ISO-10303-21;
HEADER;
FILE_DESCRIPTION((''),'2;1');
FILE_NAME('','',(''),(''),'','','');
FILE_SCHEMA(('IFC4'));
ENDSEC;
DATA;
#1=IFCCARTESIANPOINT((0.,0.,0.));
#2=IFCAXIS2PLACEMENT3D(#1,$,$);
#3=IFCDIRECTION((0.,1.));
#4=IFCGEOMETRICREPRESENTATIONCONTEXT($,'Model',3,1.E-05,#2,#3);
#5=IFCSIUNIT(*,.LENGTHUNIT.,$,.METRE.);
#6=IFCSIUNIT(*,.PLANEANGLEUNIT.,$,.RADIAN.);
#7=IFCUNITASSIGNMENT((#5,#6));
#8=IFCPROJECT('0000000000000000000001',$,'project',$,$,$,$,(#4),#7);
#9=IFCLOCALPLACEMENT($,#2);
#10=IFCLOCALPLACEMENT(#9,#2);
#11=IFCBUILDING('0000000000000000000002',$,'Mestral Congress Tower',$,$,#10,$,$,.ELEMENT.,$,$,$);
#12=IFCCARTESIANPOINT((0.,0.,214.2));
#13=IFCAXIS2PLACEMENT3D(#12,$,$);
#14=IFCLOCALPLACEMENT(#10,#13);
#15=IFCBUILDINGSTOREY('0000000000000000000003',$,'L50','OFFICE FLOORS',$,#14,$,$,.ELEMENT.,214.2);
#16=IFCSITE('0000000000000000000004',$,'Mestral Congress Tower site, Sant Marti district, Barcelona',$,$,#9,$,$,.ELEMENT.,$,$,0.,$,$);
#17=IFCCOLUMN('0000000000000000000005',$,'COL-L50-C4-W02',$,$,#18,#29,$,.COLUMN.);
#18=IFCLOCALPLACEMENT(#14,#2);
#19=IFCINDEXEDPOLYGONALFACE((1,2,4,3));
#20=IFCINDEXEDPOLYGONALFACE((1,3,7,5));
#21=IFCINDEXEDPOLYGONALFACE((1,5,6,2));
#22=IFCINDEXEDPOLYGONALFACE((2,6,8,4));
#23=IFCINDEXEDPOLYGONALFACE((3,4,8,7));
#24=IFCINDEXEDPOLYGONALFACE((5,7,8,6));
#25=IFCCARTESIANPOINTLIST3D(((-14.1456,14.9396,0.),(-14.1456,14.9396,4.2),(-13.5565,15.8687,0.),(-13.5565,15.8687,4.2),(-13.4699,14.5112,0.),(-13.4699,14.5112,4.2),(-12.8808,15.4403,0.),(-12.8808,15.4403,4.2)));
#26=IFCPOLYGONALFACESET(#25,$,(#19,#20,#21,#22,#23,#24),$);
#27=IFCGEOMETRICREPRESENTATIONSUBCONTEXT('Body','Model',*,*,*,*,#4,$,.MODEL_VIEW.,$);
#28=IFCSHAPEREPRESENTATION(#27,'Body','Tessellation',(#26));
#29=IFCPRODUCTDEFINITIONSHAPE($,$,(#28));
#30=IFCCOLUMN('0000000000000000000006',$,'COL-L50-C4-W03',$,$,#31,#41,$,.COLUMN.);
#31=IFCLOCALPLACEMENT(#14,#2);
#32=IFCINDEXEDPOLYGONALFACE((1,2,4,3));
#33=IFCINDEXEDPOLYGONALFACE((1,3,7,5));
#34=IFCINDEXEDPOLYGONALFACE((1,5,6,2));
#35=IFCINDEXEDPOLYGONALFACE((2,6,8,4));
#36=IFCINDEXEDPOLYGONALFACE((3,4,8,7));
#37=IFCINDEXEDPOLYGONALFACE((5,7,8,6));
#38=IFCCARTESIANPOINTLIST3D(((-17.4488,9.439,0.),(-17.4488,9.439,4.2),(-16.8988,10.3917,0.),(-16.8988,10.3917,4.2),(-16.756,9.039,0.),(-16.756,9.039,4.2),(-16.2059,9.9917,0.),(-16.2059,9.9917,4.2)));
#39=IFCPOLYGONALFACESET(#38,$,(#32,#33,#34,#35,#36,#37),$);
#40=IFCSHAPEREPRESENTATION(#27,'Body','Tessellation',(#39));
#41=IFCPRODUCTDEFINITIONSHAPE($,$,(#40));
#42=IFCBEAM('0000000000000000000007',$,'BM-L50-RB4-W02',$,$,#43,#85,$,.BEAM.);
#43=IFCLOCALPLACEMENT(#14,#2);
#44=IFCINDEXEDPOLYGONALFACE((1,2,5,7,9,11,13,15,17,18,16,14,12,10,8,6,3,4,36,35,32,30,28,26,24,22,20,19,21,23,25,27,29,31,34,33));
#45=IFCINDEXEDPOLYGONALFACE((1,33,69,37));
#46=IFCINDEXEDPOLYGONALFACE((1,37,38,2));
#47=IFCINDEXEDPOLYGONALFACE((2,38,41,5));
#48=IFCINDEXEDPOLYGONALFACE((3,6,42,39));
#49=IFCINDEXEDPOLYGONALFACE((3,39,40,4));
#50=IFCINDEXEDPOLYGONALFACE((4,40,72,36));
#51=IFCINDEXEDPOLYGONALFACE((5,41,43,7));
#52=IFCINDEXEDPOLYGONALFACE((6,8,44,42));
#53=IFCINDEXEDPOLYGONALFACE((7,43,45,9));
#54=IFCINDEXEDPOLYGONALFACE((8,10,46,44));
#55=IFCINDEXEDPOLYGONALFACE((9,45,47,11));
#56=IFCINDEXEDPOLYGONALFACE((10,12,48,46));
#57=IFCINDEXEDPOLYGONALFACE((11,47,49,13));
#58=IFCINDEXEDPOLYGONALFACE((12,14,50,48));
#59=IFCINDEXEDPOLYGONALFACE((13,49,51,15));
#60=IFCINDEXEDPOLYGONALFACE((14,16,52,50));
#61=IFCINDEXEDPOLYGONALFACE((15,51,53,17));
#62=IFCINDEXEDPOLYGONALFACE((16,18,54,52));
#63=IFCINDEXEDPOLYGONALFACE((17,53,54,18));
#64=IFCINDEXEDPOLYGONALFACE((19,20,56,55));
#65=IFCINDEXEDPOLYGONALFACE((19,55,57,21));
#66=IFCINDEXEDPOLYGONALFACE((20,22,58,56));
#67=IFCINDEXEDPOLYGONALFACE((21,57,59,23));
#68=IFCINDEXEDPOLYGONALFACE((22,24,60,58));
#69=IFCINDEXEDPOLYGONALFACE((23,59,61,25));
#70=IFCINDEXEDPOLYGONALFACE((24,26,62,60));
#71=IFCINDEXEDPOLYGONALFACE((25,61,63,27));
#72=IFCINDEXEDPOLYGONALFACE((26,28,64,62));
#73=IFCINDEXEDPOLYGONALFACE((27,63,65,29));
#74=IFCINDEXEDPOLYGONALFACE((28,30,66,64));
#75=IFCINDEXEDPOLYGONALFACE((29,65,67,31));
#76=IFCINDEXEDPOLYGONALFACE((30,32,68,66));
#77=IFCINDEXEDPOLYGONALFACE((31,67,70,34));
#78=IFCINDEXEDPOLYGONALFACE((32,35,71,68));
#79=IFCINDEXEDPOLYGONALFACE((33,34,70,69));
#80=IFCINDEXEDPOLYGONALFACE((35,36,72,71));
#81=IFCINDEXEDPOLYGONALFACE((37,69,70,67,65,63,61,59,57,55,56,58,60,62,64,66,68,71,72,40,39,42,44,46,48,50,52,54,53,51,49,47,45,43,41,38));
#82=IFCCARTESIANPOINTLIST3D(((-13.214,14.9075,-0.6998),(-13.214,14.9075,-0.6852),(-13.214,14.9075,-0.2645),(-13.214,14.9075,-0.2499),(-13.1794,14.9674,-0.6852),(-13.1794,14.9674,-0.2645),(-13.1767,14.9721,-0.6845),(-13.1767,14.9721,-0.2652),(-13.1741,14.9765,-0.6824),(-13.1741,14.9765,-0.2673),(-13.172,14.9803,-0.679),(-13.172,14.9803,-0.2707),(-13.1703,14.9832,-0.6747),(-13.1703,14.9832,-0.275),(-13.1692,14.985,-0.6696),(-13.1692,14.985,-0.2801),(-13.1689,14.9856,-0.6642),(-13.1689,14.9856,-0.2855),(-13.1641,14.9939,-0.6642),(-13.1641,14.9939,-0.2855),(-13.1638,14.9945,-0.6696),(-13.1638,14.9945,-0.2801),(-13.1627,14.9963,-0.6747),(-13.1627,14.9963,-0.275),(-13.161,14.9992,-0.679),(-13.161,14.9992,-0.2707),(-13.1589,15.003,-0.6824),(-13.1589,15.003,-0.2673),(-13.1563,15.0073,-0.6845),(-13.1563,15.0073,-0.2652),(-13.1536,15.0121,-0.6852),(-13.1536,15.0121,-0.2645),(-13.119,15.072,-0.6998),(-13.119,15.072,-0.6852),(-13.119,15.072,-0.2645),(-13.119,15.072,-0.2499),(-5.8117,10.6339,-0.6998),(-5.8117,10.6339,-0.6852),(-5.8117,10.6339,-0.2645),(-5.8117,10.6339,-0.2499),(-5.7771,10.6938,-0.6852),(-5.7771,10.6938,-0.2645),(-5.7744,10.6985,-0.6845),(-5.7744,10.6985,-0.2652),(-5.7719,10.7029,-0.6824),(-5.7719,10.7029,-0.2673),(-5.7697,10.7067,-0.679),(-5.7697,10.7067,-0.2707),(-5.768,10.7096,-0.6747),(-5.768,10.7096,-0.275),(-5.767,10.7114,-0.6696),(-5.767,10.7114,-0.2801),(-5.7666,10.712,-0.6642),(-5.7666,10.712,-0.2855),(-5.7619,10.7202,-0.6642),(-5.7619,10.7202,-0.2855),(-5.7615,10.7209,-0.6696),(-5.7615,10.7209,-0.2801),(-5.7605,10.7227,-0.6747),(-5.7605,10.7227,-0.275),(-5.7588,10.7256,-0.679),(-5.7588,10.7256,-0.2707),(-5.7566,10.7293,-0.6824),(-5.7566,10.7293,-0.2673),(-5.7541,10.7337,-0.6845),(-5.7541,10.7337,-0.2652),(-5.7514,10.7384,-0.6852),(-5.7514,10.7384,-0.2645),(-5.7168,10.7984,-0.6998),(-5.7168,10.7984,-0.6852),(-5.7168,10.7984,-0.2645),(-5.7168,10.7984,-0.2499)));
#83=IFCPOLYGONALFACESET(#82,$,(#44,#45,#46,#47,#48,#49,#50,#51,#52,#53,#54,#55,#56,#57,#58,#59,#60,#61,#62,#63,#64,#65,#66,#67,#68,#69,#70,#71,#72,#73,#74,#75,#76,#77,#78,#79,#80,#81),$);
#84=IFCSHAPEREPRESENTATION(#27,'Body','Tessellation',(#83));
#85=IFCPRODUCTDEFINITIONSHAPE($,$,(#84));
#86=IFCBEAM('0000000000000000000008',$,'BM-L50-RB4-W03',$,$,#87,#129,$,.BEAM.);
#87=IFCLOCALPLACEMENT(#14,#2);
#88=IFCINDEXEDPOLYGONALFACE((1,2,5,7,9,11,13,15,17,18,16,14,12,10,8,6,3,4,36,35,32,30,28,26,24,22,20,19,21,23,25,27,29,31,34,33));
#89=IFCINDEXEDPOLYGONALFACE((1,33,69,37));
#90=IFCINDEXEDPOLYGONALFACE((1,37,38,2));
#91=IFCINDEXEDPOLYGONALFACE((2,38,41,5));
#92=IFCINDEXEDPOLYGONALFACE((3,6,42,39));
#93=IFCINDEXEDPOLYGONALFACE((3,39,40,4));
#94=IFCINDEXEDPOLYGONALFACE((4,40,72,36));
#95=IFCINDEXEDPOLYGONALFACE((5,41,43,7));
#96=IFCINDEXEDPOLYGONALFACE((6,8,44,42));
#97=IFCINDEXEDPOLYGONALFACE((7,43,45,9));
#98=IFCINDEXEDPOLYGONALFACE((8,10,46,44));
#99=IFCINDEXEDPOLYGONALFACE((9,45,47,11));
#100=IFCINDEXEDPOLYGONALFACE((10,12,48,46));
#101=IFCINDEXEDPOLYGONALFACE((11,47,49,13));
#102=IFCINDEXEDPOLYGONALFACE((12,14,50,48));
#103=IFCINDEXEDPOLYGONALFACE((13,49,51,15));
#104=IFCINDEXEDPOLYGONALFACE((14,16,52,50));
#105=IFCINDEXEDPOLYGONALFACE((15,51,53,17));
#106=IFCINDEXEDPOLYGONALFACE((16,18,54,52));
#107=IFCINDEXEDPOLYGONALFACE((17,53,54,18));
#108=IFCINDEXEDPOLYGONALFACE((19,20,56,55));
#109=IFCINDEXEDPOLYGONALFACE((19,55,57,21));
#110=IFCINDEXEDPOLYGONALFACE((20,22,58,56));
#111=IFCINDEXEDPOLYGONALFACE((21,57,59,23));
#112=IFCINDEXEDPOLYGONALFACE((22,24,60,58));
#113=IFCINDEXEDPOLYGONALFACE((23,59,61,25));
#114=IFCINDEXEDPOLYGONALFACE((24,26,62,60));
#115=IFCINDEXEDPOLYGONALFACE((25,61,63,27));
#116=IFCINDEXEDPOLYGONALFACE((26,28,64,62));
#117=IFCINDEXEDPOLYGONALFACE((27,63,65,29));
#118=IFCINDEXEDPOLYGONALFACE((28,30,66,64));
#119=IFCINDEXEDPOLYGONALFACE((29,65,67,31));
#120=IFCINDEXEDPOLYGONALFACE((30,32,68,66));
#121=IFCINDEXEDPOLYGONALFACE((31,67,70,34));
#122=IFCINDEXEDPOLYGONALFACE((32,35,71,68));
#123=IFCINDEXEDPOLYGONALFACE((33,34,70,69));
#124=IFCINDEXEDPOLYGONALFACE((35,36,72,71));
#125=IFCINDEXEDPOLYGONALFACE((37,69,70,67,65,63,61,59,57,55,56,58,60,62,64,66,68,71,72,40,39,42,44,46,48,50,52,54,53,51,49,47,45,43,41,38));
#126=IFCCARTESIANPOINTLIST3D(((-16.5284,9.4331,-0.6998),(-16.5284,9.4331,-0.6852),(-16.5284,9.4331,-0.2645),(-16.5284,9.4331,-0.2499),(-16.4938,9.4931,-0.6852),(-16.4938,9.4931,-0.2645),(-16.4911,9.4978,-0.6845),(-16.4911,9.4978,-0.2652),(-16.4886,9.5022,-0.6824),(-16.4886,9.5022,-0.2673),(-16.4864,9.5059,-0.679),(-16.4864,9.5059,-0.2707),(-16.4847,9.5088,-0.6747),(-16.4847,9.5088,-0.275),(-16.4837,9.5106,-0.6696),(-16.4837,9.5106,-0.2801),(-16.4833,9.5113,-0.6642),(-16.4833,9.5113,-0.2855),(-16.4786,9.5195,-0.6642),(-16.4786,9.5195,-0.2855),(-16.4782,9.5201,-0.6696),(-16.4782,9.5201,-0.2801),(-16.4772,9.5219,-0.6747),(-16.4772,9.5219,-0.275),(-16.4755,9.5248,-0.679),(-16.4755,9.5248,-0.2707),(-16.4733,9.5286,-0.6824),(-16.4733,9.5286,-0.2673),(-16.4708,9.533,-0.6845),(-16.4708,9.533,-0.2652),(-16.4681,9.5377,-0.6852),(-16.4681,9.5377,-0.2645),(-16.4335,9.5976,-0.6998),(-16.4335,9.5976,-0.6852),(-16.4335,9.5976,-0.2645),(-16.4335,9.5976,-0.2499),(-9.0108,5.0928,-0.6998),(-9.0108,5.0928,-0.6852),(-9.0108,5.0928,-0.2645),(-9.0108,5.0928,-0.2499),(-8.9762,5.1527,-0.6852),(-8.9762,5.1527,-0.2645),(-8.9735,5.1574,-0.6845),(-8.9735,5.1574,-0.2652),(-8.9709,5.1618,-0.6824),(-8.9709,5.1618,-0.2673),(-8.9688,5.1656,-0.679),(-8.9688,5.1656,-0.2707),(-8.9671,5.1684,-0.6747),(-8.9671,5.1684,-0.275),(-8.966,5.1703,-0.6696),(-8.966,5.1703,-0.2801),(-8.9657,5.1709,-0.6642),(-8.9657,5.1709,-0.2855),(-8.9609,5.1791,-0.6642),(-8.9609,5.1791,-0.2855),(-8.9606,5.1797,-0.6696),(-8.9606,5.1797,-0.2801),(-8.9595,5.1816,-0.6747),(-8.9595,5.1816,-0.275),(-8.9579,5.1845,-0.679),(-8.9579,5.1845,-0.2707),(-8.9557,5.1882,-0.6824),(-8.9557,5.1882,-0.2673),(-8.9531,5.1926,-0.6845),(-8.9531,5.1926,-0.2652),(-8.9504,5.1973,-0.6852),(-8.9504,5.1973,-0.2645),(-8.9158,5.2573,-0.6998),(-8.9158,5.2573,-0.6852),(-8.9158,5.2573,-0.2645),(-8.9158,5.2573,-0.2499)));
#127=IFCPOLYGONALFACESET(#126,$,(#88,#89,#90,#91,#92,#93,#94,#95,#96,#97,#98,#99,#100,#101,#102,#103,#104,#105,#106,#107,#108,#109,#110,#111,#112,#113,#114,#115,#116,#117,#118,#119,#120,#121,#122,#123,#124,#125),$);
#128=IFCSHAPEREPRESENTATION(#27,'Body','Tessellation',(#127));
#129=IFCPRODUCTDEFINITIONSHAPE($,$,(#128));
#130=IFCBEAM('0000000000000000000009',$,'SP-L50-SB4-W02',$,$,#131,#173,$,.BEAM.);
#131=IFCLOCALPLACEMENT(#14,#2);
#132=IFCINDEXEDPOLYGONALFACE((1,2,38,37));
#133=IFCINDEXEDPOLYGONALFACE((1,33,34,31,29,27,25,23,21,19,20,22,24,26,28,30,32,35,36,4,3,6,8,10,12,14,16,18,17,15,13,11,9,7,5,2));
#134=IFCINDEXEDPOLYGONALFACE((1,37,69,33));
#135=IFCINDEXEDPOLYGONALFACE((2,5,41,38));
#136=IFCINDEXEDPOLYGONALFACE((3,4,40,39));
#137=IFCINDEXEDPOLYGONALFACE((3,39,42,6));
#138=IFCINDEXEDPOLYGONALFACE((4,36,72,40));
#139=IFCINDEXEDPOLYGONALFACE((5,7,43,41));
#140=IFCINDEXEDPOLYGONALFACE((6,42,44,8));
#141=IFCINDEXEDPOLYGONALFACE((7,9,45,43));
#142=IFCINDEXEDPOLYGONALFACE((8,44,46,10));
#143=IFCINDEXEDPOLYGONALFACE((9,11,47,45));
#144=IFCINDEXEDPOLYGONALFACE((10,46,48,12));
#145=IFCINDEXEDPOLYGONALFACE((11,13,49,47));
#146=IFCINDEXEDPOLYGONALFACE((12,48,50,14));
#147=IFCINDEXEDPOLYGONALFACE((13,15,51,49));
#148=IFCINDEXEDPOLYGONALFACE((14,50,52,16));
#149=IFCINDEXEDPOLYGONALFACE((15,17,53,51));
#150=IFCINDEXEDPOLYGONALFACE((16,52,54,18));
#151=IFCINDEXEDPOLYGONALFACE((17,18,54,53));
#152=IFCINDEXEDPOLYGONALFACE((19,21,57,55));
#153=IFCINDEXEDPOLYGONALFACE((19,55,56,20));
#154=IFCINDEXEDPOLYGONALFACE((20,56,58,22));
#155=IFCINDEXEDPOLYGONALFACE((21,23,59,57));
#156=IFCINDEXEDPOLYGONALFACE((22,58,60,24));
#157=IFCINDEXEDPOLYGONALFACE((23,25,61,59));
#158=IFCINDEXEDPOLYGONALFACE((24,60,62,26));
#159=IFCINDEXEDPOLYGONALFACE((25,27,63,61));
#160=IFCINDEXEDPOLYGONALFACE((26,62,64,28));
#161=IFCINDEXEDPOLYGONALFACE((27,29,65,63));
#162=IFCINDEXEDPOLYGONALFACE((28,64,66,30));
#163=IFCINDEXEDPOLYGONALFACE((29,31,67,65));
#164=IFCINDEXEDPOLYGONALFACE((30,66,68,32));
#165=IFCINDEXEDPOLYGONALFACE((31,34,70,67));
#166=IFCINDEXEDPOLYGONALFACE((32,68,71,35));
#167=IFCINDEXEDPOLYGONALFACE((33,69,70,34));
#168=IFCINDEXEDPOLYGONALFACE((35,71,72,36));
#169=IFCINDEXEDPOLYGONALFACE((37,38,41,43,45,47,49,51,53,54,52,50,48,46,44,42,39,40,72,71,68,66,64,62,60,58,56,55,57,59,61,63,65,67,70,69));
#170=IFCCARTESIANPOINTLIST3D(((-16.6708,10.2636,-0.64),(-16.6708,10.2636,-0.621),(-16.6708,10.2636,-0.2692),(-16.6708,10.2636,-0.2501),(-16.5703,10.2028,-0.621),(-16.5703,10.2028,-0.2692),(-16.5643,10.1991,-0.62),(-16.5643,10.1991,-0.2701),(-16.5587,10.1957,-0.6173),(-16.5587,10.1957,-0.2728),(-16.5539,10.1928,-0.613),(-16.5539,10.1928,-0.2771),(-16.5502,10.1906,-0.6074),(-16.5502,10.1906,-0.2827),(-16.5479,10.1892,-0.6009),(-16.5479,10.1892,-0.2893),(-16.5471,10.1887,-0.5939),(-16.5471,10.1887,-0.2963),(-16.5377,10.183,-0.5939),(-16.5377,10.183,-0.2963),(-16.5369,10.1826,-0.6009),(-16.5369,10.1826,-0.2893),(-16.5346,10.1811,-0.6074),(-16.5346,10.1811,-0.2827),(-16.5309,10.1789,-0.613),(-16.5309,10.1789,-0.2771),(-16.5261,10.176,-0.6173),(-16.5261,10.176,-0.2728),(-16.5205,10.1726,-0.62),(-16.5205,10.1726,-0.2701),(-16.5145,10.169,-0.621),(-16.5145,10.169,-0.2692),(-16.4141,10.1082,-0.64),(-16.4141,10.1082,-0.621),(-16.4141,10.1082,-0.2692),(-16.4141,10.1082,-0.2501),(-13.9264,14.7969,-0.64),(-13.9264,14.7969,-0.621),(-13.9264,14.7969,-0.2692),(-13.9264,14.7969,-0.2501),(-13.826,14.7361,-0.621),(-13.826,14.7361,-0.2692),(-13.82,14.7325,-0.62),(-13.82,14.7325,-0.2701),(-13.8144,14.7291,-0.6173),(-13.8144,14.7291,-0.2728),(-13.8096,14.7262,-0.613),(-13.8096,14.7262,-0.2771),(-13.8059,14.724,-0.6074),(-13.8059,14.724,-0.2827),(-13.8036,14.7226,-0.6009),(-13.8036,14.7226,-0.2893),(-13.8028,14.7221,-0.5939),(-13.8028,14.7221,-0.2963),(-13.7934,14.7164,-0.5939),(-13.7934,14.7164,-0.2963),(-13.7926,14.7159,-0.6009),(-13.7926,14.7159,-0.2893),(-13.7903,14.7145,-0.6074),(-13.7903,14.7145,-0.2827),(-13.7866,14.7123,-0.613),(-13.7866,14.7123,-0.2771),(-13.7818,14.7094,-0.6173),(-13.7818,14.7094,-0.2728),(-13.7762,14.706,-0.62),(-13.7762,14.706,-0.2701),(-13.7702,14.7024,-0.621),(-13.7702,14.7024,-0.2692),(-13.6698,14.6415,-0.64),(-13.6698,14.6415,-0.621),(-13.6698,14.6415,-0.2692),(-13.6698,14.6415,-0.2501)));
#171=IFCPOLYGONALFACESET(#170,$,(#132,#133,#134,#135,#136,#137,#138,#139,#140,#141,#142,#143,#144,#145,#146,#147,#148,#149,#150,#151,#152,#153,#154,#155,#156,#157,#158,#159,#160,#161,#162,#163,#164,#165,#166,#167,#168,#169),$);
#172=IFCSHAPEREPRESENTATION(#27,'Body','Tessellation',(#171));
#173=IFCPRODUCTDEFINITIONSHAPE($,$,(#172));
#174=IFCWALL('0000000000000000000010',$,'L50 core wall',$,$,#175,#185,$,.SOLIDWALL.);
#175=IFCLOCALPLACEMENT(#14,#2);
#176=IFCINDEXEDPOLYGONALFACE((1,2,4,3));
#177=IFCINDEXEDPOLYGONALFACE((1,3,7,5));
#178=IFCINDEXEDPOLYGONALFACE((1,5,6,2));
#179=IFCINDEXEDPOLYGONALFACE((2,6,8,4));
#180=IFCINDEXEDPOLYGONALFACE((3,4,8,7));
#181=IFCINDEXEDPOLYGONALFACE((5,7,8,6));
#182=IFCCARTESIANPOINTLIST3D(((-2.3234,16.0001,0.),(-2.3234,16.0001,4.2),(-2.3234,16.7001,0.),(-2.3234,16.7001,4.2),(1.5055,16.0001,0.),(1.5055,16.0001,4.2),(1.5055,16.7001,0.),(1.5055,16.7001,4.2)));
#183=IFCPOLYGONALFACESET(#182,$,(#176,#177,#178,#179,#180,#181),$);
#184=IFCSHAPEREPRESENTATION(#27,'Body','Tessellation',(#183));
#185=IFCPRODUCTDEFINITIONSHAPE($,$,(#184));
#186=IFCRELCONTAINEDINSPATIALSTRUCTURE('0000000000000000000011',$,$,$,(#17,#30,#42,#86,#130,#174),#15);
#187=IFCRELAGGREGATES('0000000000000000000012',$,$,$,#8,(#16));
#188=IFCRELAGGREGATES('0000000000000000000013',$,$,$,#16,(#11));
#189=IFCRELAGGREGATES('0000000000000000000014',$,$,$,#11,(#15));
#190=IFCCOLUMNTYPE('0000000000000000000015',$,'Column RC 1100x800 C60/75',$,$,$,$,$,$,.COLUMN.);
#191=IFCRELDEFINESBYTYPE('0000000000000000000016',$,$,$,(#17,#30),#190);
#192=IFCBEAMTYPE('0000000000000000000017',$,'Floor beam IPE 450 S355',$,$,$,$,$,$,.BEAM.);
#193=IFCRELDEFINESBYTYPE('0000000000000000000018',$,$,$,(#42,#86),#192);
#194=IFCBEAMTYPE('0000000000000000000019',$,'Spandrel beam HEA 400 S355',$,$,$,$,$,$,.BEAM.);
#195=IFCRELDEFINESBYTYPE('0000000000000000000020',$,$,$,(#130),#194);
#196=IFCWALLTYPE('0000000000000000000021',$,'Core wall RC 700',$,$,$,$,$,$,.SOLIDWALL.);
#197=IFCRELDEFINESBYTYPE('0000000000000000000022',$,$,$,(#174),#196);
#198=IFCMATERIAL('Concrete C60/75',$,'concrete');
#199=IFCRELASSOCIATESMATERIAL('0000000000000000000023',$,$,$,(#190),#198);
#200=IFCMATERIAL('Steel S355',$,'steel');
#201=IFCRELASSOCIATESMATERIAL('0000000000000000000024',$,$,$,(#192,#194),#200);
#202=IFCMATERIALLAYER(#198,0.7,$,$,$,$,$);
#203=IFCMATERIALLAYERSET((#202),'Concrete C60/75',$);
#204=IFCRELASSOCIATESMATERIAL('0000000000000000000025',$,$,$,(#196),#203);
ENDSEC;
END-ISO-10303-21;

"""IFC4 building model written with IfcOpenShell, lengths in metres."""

from ifc_helpers import new_model, si_unit, direction, frame, frame_2d, origin, origin_2d, place, context, subcontext, project, spatial, rectangle, i_section, extrude, material, layer, layer_set, material_profile, profile_set, type_object, element, save


model = new_model("IFC4")

# Units and contexts
model_context = context("Model", 3, precision=1e-05, world=origin(), true_north=direction((0.0, 1.0)))
body_context = subcontext(model_context, "Body", "Model", "MODEL_VIEW")
ifc_project = project(units=[si_unit("LENGTHUNIT", "METRE"), si_unit("PLANEANGLEUNIT", "RADIAN")], contexts=[model_context])

# Site, building, storey
site_placement = place(None, origin())
site = spatial("IfcSite", under=ifc_project, at=site_placement, Name="Mestral Congress Tower site, Sant Marti district, Barcelona", CompositionType="ELEMENT", RefElevation=0.0)
building_placement = place(site_placement, origin())
building = spatial("IfcBuilding", under=site, at=building_placement, Name="Mestral Congress Tower", CompositionType="ELEMENT")
storey_placement = place(building_placement, frame((0.0, 0.0, 214.2)))
storey = spatial("IfcBuildingStorey", under=building, at=storey_placement, Name="L50", Description="OFFICE FLOORS", CompositionType="ELEMENT", Elevation=214.2)

# Columns
ifc_material_1 = material(Name="Concrete C60/75", Category="concrete")
ifc_material_profile_1 = material_profile(ifc_material_1, rectangle(XDim=1.1001, YDim=0.8, at=origin_2d()), Name="RC 1100x800")
ifc_profile_set_1 = profile_set([ifc_material_profile_1], Name="Concrete C60/75")
column_type = type_object("IfcColumnType", Name="Column RC 1100x800 C60/75", PredefinedType="COLUMN", material=ifc_profile_set_1)
for number, where, z_axis, x_axis, name in (
    (1, (-13.5132, 15.1899, 0.0), (0.0, 0.0, 1.0), (-0.535503, -0.844534, 0.0), "COL-L50-C4-W02"),
    (2, (-16.8274, 9.7153, 0.0), (0.0, 0.0, 1.0), (-0.5, -0.866025, 0.0), "COL-L50-C4-W03"),
):
    element("IfcColumn", number, at=place(storey_placement, frame(where, z_axis=z_axis, x_axis=x_axis)), inside=storey, type_object=column_type, Name=name, PredefinedType="COLUMN", context=body_context, shape_type="SweptSolid", body=[
        extrude(rectangle(XDim=1.1001, YDim=0.8, at=origin_2d()), origin(), (0.0, 0.0, 1.0), 4.2),
    ])

# Beams
ifc_material_2 = material(Name="Steel S355", Category="steel")
ifc_material_profile_2 = material_profile(ifc_material_2, i_section(OverallWidth=0.1899, OverallDepth=0.45, WebThickness=0.0095, FlangeThickness=0.0146, FilletRadius=0.021, at=origin_2d()), Name="IPE 450")
ifc_profile_set_2 = profile_set([ifc_material_profile_2], Name="Steel S355")
beam_type_1 = type_object("IfcBeamType", Name="Floor beam IPE 450 S355", PredefinedType="BEAM", material=ifc_profile_set_2)
beam_1_placement = place(storey_placement, frame((-13.1665, 14.9897, -0.4749), z_axis=(0.866029, -0.499994, 0.0), x_axis=(0.499994, 0.866029, 0.0)))
element("IfcBeam", 3, at=beam_1_placement, inside=storey, type_object=beam_type_1, Name="BM-L50-RB4-W02", PredefinedType="BEAM", context=body_context, shape_type="SweptSolid", body=[
    extrude(i_section(OverallWidth=0.1899, OverallDepth=0.45, WebThickness=0.0095, FlangeThickness=0.0146, FilletRadius=0.021, at=origin_2d()), origin(), (0.0, 0.0, 1.0), 8.5474),
])
beam_2_placement = place(storey_placement, frame((-16.481, 9.5154, -0.4749), z_axis=(0.866023, -0.500005, 0.0), x_axis=(0.500005, 0.866023, 0.0)))
element("IfcBeam", 4, at=beam_2_placement, inside=storey, type_object=beam_type_1, Name="BM-L50-RB4-W03", PredefinedType="BEAM", context=body_context, shape_type="SweptSolid", body=[
    extrude(i_section(OverallWidth=0.1899, OverallDepth=0.45, WebThickness=0.0095, FlangeThickness=0.0146, FilletRadius=0.021, at=origin_2d()), origin(), (0.0, 0.0, 1.0), 8.6807),
])
ifc_material_profile_3 = material_profile(ifc_material_2, i_section(OverallWidth=0.3, OverallDepth=0.3899, WebThickness=0.011, FlangeThickness=0.019, FilletRadius=0.0271, at=origin_2d()), Name="HEA 400")
ifc_profile_set_3 = profile_set([ifc_material_profile_3], Name="Steel S355")
beam_type_2 = type_object("IfcBeamType", Name="Spandrel beam HEA 400 S355", PredefinedType="BEAM", material=ifc_profile_set_3)
beam_3_placement = place(storey_placement, frame((-13.7981, 14.7192, -0.4451), z_axis=(-0.517866, -0.855462, 0.0), x_axis=(0.855462, -0.517866, 0.0)))
element("IfcBeam", 5, at=beam_3_placement, inside=storey, type_object=beam_type_2, Name="SP-L50-SB4-W02", PredefinedType="BEAM", context=body_context, shape_type="SweptSolid", body=[
    extrude(i_section(OverallWidth=0.3, OverallDepth=0.3899, WebThickness=0.011, FlangeThickness=0.019, FilletRadius=0.0271, at=origin_2d()), origin(), (0.0, 0.0, 1.0), 5.2993),
])

# Wall
ifc_layer_1 = layer(ifc_material_1, 0.7)
ifc_layer_set_1 = layer_set([ifc_layer_1], Name="Concrete C60/75")
wall_type_1 = type_object("IfcWallType", Name="Core wall RC 700", PredefinedType="SOLIDWALL", material=ifc_layer_set_1)
wall_1_placement = place(storey_placement, frame((-2.3235, 16.3501, 0.0), z_axis=(0.0, 0.0, 1.0), x_axis=(1.0, 0.0, 0.0)))
element("IfcWall", 6, at=wall_1_placement, inside=storey, type_object=wall_type_1, Name="L50 core wall", PredefinedType="SOLIDWALL", context=body_context, shape_type="SweptSolid", body=[
    extrude(rectangle(XDim=3.8289, YDim=0.7, at=frame_2d((1.9146, 0.0))), origin(), (0.0, 0.0, 1.0), 4.2),
])

save(model, "model.ifc")
